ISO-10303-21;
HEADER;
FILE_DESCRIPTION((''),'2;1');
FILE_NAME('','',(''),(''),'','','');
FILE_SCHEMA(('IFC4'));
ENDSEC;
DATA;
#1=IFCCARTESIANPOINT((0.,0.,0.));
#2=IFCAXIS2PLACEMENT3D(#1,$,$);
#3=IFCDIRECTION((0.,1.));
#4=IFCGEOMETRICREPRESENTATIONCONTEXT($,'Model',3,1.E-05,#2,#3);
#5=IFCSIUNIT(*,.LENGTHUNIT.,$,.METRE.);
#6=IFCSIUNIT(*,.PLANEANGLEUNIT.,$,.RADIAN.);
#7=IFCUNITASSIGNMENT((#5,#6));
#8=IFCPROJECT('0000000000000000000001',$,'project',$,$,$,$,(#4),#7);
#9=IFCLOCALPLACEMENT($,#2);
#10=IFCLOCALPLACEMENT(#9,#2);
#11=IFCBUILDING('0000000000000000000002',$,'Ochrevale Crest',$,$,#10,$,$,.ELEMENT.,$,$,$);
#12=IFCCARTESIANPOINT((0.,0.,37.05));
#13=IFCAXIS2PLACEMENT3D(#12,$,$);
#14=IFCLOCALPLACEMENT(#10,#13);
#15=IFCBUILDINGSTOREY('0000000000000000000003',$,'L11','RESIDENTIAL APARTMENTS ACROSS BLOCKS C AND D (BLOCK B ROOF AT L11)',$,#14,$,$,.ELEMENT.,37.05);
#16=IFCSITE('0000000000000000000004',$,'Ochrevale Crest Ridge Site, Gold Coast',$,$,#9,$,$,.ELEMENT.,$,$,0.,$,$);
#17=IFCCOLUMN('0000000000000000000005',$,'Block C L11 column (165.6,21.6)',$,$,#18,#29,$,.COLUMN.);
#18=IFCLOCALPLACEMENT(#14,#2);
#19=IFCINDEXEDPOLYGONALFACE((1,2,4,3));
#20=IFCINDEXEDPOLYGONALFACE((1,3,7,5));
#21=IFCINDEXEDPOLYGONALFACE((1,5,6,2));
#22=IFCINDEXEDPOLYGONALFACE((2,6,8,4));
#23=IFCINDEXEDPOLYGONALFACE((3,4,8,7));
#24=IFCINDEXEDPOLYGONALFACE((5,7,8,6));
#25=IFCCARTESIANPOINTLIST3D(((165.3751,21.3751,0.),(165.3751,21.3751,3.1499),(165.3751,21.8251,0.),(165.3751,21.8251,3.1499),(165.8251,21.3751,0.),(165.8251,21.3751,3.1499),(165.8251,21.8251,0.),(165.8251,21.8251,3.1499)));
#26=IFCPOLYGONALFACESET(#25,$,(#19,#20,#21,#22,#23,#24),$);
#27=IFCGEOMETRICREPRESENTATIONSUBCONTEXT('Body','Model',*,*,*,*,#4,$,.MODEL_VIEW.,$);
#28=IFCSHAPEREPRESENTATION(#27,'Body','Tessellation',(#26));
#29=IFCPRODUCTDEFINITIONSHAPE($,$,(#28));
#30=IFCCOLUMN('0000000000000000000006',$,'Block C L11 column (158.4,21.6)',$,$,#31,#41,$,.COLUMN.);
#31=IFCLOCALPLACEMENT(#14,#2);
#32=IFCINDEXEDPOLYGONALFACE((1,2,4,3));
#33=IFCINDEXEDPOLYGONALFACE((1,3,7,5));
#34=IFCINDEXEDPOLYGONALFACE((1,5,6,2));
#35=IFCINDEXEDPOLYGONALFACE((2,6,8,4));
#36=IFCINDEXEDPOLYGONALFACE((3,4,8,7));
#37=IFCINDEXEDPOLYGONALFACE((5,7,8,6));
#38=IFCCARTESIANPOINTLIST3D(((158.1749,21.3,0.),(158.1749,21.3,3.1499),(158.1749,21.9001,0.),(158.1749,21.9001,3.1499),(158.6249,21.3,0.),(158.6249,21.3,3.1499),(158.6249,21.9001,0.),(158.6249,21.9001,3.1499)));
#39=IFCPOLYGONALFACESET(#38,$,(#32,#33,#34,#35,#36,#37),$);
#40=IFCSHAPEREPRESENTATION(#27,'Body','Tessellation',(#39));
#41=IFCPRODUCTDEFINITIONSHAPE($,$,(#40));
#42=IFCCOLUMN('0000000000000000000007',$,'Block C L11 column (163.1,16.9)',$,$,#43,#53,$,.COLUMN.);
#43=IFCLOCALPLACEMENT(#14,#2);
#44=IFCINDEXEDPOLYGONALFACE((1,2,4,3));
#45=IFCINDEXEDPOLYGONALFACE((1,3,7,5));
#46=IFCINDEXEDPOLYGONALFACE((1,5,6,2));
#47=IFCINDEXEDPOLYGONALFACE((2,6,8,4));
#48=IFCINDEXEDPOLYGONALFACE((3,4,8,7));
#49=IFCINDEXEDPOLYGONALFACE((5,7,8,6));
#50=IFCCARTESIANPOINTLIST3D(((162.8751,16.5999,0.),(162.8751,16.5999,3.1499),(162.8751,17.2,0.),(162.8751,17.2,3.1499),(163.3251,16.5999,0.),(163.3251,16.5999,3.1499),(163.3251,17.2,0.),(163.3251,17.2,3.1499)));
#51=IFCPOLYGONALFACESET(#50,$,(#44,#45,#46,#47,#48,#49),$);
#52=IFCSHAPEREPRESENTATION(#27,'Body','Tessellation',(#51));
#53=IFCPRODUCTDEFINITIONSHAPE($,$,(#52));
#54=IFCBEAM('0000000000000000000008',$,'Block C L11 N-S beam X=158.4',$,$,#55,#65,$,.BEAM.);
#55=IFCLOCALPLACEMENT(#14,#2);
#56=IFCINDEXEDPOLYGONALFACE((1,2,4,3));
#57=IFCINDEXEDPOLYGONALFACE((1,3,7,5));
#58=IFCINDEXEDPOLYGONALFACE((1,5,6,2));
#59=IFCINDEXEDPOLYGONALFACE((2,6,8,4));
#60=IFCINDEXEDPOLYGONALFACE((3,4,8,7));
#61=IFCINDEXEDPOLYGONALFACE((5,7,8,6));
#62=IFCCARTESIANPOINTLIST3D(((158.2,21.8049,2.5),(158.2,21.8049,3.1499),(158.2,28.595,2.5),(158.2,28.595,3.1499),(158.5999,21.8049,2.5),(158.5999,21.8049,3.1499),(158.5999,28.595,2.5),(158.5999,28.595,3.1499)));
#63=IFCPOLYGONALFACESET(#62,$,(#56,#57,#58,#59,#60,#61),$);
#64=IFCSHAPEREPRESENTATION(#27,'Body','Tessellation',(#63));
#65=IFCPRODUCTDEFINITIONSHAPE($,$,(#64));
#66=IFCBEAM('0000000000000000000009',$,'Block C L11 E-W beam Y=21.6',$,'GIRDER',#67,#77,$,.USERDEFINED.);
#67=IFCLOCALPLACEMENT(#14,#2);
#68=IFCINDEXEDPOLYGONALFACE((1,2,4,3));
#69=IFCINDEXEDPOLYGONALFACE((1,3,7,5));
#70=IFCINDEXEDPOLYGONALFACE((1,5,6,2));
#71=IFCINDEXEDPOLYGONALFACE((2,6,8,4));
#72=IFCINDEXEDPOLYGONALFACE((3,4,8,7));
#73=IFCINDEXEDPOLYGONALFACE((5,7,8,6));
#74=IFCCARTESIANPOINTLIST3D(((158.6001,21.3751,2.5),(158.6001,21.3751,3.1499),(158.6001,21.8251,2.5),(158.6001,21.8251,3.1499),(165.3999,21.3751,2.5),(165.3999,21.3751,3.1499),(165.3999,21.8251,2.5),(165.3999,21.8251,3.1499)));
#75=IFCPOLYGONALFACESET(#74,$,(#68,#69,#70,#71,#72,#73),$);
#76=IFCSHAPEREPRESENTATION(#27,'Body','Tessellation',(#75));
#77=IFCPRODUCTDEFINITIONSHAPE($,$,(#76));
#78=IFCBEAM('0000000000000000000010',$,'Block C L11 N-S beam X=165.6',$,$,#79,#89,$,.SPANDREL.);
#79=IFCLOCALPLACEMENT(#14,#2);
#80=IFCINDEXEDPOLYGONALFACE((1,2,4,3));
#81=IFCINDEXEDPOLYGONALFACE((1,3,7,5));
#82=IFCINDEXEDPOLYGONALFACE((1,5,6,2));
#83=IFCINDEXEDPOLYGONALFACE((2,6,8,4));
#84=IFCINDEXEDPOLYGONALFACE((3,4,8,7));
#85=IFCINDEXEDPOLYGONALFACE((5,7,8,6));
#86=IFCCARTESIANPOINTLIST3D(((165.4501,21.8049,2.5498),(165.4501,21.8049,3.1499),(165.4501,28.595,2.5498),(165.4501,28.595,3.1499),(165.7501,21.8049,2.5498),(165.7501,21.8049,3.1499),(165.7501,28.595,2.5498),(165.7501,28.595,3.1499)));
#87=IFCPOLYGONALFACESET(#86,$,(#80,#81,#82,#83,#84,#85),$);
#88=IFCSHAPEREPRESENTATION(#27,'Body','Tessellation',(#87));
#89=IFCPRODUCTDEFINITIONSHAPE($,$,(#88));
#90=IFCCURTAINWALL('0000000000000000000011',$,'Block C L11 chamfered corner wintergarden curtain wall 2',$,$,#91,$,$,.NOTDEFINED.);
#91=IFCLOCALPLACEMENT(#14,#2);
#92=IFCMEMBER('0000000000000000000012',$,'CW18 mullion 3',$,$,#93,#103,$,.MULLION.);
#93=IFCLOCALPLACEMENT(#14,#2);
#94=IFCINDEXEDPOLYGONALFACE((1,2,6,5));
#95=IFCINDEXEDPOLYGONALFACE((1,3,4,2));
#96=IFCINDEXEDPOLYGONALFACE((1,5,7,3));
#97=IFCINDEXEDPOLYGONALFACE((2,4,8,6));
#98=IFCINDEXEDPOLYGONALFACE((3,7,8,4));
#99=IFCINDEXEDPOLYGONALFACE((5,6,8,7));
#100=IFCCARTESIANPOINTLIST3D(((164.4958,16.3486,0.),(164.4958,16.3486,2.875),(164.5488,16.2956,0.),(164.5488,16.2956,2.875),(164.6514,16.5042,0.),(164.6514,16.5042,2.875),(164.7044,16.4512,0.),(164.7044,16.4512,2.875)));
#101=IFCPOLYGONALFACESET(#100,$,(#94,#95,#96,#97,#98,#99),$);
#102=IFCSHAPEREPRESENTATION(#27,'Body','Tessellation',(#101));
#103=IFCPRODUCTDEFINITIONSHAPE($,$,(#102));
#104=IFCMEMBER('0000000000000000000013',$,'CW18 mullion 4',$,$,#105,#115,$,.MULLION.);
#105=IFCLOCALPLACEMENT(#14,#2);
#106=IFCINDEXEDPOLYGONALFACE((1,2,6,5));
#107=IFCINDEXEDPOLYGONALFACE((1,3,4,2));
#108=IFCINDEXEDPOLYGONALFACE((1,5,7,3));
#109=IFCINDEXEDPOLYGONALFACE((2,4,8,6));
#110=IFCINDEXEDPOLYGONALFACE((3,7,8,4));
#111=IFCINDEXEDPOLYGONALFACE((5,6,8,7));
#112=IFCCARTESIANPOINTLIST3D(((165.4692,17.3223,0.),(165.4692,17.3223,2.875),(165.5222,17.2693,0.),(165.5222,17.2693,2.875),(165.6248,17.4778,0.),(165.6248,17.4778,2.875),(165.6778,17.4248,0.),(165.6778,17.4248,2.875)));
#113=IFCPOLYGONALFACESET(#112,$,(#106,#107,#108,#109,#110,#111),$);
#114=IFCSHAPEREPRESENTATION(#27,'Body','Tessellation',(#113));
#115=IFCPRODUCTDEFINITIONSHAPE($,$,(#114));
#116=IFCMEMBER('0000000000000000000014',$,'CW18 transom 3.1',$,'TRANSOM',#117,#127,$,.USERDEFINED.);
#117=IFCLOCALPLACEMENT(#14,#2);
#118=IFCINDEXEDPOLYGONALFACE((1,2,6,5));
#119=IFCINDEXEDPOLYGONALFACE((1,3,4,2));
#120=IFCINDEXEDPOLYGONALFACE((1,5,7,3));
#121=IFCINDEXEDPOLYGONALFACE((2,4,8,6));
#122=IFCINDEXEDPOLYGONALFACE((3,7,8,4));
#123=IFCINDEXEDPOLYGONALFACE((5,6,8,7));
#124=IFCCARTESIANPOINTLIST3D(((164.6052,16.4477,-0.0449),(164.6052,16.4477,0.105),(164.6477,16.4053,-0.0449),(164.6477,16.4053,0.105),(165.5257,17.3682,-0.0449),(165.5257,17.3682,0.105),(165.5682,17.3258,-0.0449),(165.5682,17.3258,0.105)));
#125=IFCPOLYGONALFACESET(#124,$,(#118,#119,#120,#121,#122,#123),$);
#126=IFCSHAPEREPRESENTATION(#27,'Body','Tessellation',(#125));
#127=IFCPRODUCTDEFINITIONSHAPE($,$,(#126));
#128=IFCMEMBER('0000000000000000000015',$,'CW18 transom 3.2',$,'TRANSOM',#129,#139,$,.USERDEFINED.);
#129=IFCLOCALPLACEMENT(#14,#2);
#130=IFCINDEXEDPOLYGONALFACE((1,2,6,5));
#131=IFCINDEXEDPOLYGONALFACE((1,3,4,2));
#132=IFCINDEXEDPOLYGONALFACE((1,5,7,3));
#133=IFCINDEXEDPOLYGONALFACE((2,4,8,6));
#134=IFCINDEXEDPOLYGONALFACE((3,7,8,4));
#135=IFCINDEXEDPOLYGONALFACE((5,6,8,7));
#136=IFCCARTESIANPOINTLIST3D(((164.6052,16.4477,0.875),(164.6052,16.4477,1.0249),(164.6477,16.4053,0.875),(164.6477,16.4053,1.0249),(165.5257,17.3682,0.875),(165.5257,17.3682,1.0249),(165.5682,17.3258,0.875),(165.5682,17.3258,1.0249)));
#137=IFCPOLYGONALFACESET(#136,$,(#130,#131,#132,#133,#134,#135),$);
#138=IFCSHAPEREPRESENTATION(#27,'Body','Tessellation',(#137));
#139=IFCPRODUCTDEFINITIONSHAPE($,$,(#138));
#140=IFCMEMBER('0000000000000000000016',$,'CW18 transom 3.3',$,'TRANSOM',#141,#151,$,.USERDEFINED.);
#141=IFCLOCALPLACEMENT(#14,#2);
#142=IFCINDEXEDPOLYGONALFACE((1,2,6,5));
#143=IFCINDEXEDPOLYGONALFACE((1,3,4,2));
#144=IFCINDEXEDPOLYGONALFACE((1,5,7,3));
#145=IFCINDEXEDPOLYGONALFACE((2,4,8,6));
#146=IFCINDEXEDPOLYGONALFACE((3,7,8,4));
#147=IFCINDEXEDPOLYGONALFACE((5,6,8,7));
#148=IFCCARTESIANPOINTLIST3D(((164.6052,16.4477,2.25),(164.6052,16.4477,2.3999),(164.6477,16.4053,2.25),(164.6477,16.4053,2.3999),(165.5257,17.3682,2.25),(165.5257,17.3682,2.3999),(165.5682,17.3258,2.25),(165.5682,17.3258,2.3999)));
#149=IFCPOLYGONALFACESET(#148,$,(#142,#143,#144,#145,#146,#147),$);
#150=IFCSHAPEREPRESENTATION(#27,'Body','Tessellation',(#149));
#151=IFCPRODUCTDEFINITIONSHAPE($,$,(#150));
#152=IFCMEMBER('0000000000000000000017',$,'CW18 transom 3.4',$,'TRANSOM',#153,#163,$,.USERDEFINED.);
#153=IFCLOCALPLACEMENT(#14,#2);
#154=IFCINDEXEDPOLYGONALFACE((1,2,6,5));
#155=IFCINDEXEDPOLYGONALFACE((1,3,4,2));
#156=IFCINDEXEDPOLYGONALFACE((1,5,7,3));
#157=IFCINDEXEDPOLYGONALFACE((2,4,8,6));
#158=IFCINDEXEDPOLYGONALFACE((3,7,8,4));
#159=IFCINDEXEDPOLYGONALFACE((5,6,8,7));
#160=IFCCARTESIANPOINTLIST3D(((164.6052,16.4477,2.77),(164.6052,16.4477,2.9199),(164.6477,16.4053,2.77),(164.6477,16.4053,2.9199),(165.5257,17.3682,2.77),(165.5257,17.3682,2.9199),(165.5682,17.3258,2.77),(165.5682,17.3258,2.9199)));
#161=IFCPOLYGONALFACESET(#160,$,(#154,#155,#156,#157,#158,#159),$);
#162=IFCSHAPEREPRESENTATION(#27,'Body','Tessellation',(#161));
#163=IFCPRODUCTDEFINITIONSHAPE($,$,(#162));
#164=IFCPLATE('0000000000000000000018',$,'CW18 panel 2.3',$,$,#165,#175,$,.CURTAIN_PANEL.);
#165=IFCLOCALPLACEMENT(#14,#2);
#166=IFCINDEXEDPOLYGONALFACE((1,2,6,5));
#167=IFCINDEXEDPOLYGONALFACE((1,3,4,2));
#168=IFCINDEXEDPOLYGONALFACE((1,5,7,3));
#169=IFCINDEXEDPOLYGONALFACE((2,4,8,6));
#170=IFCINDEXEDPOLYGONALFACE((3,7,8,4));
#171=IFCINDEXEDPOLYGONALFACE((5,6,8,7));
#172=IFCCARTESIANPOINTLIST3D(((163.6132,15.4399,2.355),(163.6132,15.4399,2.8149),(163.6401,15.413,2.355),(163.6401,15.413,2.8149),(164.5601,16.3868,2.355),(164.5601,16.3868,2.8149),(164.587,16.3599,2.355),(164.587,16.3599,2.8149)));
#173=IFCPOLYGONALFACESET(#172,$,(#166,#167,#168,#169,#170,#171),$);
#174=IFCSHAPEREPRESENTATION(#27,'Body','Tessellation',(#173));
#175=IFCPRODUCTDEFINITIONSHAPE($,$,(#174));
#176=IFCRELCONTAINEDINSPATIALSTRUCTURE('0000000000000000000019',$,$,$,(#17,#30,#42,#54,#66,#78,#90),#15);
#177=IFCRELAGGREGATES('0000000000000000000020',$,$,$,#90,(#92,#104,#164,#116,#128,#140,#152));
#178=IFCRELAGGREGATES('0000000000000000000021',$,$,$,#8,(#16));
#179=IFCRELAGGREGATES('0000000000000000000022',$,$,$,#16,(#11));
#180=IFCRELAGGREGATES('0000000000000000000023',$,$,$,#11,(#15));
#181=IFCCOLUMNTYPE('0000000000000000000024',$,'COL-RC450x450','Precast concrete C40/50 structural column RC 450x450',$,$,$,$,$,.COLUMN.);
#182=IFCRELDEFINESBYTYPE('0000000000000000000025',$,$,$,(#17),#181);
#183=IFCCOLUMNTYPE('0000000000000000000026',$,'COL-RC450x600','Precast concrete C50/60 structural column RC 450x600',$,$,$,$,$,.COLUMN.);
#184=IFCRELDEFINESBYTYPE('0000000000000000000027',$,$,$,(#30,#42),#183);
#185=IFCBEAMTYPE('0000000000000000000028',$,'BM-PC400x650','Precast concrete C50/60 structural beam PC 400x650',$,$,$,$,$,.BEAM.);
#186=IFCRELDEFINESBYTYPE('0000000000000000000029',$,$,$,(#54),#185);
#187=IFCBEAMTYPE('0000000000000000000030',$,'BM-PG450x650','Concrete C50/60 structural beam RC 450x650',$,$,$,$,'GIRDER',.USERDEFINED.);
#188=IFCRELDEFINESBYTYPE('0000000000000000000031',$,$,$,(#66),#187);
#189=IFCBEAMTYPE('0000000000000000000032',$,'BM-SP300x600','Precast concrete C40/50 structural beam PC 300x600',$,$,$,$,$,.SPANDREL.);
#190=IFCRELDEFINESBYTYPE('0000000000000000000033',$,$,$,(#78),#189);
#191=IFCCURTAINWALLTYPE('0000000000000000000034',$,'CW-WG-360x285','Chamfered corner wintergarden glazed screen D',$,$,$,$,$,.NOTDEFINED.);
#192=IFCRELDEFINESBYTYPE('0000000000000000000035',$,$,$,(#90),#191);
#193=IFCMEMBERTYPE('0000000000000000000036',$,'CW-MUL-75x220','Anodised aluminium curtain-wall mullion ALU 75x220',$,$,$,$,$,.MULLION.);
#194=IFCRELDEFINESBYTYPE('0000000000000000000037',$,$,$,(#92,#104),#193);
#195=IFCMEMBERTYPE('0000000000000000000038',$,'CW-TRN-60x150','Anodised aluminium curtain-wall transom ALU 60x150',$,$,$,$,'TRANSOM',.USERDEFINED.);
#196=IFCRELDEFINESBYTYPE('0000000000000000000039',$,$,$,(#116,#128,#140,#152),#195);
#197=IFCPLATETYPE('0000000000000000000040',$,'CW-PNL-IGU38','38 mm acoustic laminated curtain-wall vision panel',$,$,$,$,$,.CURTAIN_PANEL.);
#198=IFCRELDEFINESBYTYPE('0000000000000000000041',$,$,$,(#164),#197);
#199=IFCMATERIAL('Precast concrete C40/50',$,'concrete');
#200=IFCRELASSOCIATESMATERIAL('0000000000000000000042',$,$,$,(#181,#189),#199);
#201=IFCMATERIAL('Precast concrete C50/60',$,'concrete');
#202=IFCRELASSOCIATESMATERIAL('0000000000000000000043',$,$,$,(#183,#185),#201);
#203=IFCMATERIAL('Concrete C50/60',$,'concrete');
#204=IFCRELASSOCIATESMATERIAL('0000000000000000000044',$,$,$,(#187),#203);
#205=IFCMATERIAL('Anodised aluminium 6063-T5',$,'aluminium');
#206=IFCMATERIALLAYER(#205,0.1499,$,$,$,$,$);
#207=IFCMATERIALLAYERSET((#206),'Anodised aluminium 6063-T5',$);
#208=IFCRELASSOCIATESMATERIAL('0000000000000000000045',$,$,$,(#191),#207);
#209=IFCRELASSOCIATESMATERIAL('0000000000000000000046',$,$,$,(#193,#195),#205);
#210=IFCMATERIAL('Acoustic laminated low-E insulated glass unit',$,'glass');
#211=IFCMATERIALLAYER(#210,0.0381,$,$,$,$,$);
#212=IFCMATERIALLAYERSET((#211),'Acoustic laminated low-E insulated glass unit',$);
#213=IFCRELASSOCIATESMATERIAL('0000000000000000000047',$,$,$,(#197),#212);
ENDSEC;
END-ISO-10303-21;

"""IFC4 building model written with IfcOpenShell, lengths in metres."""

from ifc_helpers import new_model, si_unit, direction, frame, origin, origin_2d, place, context, subcontext, project, spatial, rectangle, extrude, material, layer, layer_set, material_profile, profile_set, type_object, element, aggregate, save


model = new_model("IFC4")

# Units and contexts
model_context = context("Model", 3, precision=1e-05, world=origin(), true_north=direction((0.0, 1.0)))
body_context = subcontext(model_context, "Body", "Model", "MODEL_VIEW")
ifc_project = project(units=[si_unit("LENGTHUNIT", "METRE"), si_unit("PLANEANGLEUNIT", "RADIAN")], contexts=[model_context])

# Site, building, storey
site_placement = place(None, origin())
site = spatial("IfcSite", under=ifc_project, at=site_placement, Name="Ochrevale Crest Ridge Site, Gold Coast", CompositionType="ELEMENT", RefElevation=0.0)
building_placement = place(site_placement, origin())
building = spatial("IfcBuilding", under=site, at=building_placement, Name="Ochrevale Crest", CompositionType="ELEMENT")
storey_placement = place(building_placement, frame((0.0, 0.0, 37.05)))
storey = spatial("IfcBuildingStorey", under=building, at=storey_placement, Name="L11", Description="RESIDENTIAL APARTMENTS ACROSS BLOCKS C AND D (BLOCK B ROOF AT L11)", CompositionType="ELEMENT", Elevation=37.05)

# Columns
ifc_material_1 = material(Name="Precast concrete C40/50", Category="concrete")
ifc_material_profile_1 = material_profile(ifc_material_1, rectangle(XDim=0.45, YDim=0.45, at=origin_2d()), Name="RC 450x450")
ifc_profile_set_1 = profile_set([ifc_material_profile_1], Name="Precast concrete C40/50")
column_type_1 = type_object("IfcColumnType", Name="COL-RC450x450", Description="Precast concrete C40/50 structural column RC 450x450", PredefinedType="COLUMN", material=ifc_profile_set_1)
column_placement = place(storey_placement, frame((165.6001, 21.6001, 0.0), z_axis=(0.0, 0.0, 1.0), x_axis=(1.0, 0.0, 0.0)))
element("IfcColumn", 1, at=column_placement, inside=storey, type_object=column_type_1, Name="Block C L11 column (165.6,21.6)", PredefinedType="COLUMN", context=body_context, shape_type="SweptSolid", body=[
    extrude(rectangle(XDim=0.45, YDim=0.45, at=origin_2d()), origin(), (0.0, 0.0, 1.0), 3.1499),
])
ifc_material_2 = material(Name="Precast concrete C50/60", Category="concrete")
ifc_material_profile_2 = material_profile(ifc_material_2, rectangle(XDim=0.45, YDim=0.6001, at=origin_2d()), Name="RC 450x600")
ifc_profile_set_2 = profile_set([ifc_material_profile_2], Name="Precast concrete C50/60")
column_type_2 = type_object("IfcColumnType", Name="COL-RC450x600", Description="Precast concrete C50/60 structural column RC 450x600", PredefinedType="COLUMN", material=ifc_profile_set_2)
for number, where, z_axis, x_axis, name in (
    (2, (158.3999, 21.6001, 0.0), (0.0, 0.0, 1.0), (1.0, 0.0, 0.0), "Block C L11 column (158.4,21.6)"),
    (3, (163.1001, 16.8999, 0.0), (0.0, 0.0, 1.0), (1.0, 0.0, 0.0), "Block C L11 column (163.1,16.9)"),
):
    element("IfcColumn", number, at=place(storey_placement, frame(where, z_axis=z_axis, x_axis=x_axis)), inside=storey, type_object=column_type_2, Name=name, PredefinedType="COLUMN", context=body_context, shape_type="SweptSolid", body=[
        extrude(rectangle(XDim=0.45, YDim=0.6001, at=origin_2d()), origin(), (0.0, 0.0, 1.0), 3.1499),
    ])

# Beams
ifc_material_profile_3 = material_profile(ifc_material_2, rectangle(XDim=0.3999, YDim=0.6499, at=origin_2d()), Name="PC 400x650")
ifc_profile_set_3 = profile_set([ifc_material_profile_3], Name="Precast concrete C50/60")
beam_type_1 = type_object("IfcBeamType", Name="BM-PC400x650", Description="Precast concrete C50/60 structural beam PC 400x650", PredefinedType="BEAM", material=ifc_profile_set_3)
beam_1_placement = place(storey_placement, frame((158.3999, 21.8049, 2.825), z_axis=(0.0, 1.0, 0.0), x_axis=(-1.0, 0.0, 0.0)))
element("IfcBeam", 4, at=beam_1_placement, inside=storey, type_object=beam_type_1, Name="Block C L11 N-S beam X=158.4", PredefinedType="BEAM", context=body_context, shape_type="SweptSolid", body=[
    extrude(rectangle(XDim=0.3999, YDim=0.6499, at=origin_2d()), origin(), (0.0, 0.0, 1.0), 6.79),
])
ifc_material_3 = material(Name="Concrete C50/60", Category="concrete")
ifc_material_profile_4 = material_profile(ifc_material_3, rectangle(XDim=0.45, YDim=0.6499, at=origin_2d()), Name="RC 450x650")
ifc_profile_set_4 = profile_set([ifc_material_profile_4], Name="Concrete C50/60")
beam_type_2 = type_object("IfcBeamType", Name="BM-PG450x650", Description="Concrete C50/60 structural beam RC 450x650", ElementType="GIRDER", PredefinedType="USERDEFINED", material=ifc_profile_set_4)
beam_2_placement = place(storey_placement, frame((158.6001, 21.6001, 2.825), z_axis=(1.0, 0.0, 0.0), x_axis=(0.0, 1.0, 0.0)))
element("IfcBeam", 5, at=beam_2_placement, inside=storey, type_object=beam_type_2, Name="Block C L11 E-W beam Y=21.6", ObjectType="GIRDER", PredefinedType="USERDEFINED", context=body_context, shape_type="SweptSolid", body=[
    extrude(rectangle(XDim=0.45, YDim=0.6499, at=origin_2d()), origin(), (0.0, 0.0, 1.0), 6.7998),
])
ifc_material_profile_5 = material_profile(ifc_material_1, rectangle(XDim=0.3, YDim=0.6001, at=origin_2d()), Name="PC 300x600")
ifc_profile_set_5 = profile_set([ifc_material_profile_5], Name="Precast concrete C40/50")
beam_type_3 = type_object("IfcBeamType", Name="BM-SP300x600", Description="Precast concrete C40/50 structural beam PC 300x600", PredefinedType="SPANDREL", material=ifc_profile_set_5)
beam_3_placement = place(storey_placement, frame((165.6001, 21.8049, 2.8499), z_axis=(0.0, 1.0, 0.0), x_axis=(-1.0, 0.0, 0.0)))
element("IfcBeam", 6, at=beam_3_placement, inside=storey, type_object=beam_type_3, Name="Block C L11 N-S beam X=165.6", PredefinedType="SPANDREL", context=body_context, shape_type="SweptSolid", body=[
    extrude(rectangle(XDim=0.3, YDim=0.6001, at=origin_2d()), origin(), (0.0, 0.0, 1.0), 6.79),
])

# Curtain wall, members, plate
ifc_material_4 = material(Name="Anodised aluminium 6063-T5", Category="aluminium")
ifc_layer_1 = layer(ifc_material_4, 0.1499)
ifc_layer_set_1 = layer_set([ifc_layer_1], Name="Anodised aluminium 6063-T5")
curtain_wall_type = type_object("IfcCurtainWallType", Name="CW-WG-360x285", Description="Chamfered corner wintergarden glazed screen D", PredefinedType="NOTDEFINED", material=ifc_layer_set_1)
curtain_wall_placement = place(storey_placement, origin())
curtain_wall = element("IfcCurtainWall", 7, at=curtain_wall_placement, inside=storey, type_object=curtain_wall_type, Name="Block C L11 chamfered corner wintergarden curtain wall 2", PredefinedType="NOTDEFINED")
ifc_material_profile_6 = material_profile(ifc_material_4, rectangle(XDim=0.075, YDim=0.22, at=origin_2d()), Name="ALU 75x220")
ifc_profile_set_6 = profile_set([ifc_material_profile_6], Name="Anodised aluminium 6063-T5")
member_type_1 = type_object("IfcMemberType", Name="CW-MUL-75x220", Description="Anodised aluminium curtain-wall mullion ALU 75x220", PredefinedType="MULLION", material=ifc_profile_set_6)
member_1_placement = place(storey_placement, frame((164.6001, 16.3999, 0.0), z_axis=(0.0, 0.0, 1.0), x_axis=(-0.707107, 0.707107, 0.0)))
member_1 = element("IfcMember", 8, at=member_1_placement, type_object=member_type_1, Name="CW18 mullion 3", PredefinedType="MULLION", context=body_context, shape_type="SweptSolid", body=[
    extrude(rectangle(XDim=0.075, YDim=0.22, at=origin_2d()), origin(), (0.0, 0.0, 1.0), 2.875),
])
member_2_placement = place(storey_placement, frame((165.5735, 17.3735, 0.0), z_axis=(0.0, 0.0, 1.0), x_axis=(-0.707107, 0.707107, 0.0)))
member_2 = element("IfcMember", 9, at=member_2_placement, type_object=member_type_1, Name="CW18 mullion 4", PredefinedType="MULLION", context=body_context, shape_type="SweptSolid", body=[
    extrude(rectangle(XDim=0.075, YDim=0.22, at=origin_2d()), origin(), (0.0, 0.0, 1.0), 2.875),
])
ifc_material_profile_7 = material_profile(ifc_material_4, rectangle(XDim=0.0601, YDim=0.1499, at=origin_2d()), Name="ALU 60x150")
ifc_profile_set_7 = profile_set([ifc_material_profile_7], Name="Anodised aluminium 6063-T5")
member_type_2 = type_object("IfcMemberType", Name="CW-TRN-60x150", Description="Anodised aluminium curtain-wall transom ALU 60x150", ElementType="TRANSOM", PredefinedType="USERDEFINED", material=ifc_profile_set_7)
member_3_placement = place(storey_placement, frame((164.6265, 16.4265, 0.03), z_axis=(0.707107, 0.707107, 0.0), x_axis=(-0.707107, 0.707107, 0.0)))
member_3 = element("IfcMember", 10, at=member_3_placement, type_object=member_type_2, Name="CW18 transom 3.1", ObjectType="TRANSOM", PredefinedType="USERDEFINED", context=body_context, shape_type="SweptSolid", body=[
    extrude(rectangle(XDim=0.0601, YDim=0.1499, at=origin_2d()), origin(), (0.0, 0.0, 1.0), 1.3018),
])
member_4_placement = place(storey_placement, frame((164.6265, 16.4265, 0.95), z_axis=(0.707107, 0.707107, 0.0), x_axis=(-0.707107, 0.707107, 0.0)))
member_4 = element("IfcMember", 11, at=member_4_placement, type_object=member_type_2, Name="CW18 transom 3.2", ObjectType="TRANSOM", PredefinedType="USERDEFINED", context=body_context, shape_type="SweptSolid", body=[
    extrude(rectangle(XDim=0.0601, YDim=0.1499, at=origin_2d()), origin(), (0.0, 0.0, 1.0), 1.3018),
])
member_5_placement = place(storey_placement, frame((164.6265, 16.4265, 2.325), z_axis=(0.707107, 0.707107, 0.0), x_axis=(-0.707107, 0.707107, 0.0)))
member_5 = element("IfcMember", 12, at=member_5_placement, type_object=member_type_2, Name="CW18 transom 3.3", ObjectType="TRANSOM", PredefinedType="USERDEFINED", context=body_context, shape_type="SweptSolid", body=[
    extrude(rectangle(XDim=0.0601, YDim=0.1499, at=origin_2d()), origin(), (0.0, 0.0, 1.0), 1.3018),
])
member_6_placement = place(storey_placement, frame((164.6265, 16.4265, 2.845), z_axis=(0.707107, 0.707107, 0.0), x_axis=(-0.707107, 0.707107, 0.0)))
member_6 = element("IfcMember", 13, at=member_6_placement, type_object=member_type_2, Name="CW18 transom 3.4", ObjectType="TRANSOM", PredefinedType="USERDEFINED", context=body_context, shape_type="SweptSolid", body=[
    extrude(rectangle(XDim=0.0601, YDim=0.1499, at=origin_2d()), origin(), (0.0, 0.0, 1.0), 1.3018),
])
ifc_material_5 = material(Name="Acoustic laminated low-E insulated glass unit", Category="glass")
ifc_layer_2 = layer(ifc_material_5, 0.0381)
ifc_layer_set_2 = layer_set([ifc_layer_2], Name="Acoustic laminated low-E insulated glass unit")
plate_type = type_object("IfcPlateType", Name="CW-PNL-IGU38", Description="38 mm acoustic laminated curtain-wall vision panel", PredefinedType="CURTAIN_PANEL", material=ifc_layer_set_2)
plate_1_placement = place(storey_placement, frame((164.1001, 15.8999, 2.355), z_axis=(0.0, 0.0, 1.0), x_axis=(0.707107, 0.707107, 0.0)))
plate_1 = element("IfcPlate", 14, at=plate_1_placement, type_object=plate_type, Name="CW18 panel 2.3", PredefinedType="CURTAIN_PANEL", context=body_context, shape_type="SweptSolid", body=[
    extrude(rectangle(XDim=1.3391, YDim=0.0381, at=origin_2d()), origin(), (0.0, 0.0, 1.0), 0.46),
])
aggregate(curtain_wall, [member_1, member_2, plate_1, member_3, member_4, member_5, member_6])

save(model, "model.ifc")
